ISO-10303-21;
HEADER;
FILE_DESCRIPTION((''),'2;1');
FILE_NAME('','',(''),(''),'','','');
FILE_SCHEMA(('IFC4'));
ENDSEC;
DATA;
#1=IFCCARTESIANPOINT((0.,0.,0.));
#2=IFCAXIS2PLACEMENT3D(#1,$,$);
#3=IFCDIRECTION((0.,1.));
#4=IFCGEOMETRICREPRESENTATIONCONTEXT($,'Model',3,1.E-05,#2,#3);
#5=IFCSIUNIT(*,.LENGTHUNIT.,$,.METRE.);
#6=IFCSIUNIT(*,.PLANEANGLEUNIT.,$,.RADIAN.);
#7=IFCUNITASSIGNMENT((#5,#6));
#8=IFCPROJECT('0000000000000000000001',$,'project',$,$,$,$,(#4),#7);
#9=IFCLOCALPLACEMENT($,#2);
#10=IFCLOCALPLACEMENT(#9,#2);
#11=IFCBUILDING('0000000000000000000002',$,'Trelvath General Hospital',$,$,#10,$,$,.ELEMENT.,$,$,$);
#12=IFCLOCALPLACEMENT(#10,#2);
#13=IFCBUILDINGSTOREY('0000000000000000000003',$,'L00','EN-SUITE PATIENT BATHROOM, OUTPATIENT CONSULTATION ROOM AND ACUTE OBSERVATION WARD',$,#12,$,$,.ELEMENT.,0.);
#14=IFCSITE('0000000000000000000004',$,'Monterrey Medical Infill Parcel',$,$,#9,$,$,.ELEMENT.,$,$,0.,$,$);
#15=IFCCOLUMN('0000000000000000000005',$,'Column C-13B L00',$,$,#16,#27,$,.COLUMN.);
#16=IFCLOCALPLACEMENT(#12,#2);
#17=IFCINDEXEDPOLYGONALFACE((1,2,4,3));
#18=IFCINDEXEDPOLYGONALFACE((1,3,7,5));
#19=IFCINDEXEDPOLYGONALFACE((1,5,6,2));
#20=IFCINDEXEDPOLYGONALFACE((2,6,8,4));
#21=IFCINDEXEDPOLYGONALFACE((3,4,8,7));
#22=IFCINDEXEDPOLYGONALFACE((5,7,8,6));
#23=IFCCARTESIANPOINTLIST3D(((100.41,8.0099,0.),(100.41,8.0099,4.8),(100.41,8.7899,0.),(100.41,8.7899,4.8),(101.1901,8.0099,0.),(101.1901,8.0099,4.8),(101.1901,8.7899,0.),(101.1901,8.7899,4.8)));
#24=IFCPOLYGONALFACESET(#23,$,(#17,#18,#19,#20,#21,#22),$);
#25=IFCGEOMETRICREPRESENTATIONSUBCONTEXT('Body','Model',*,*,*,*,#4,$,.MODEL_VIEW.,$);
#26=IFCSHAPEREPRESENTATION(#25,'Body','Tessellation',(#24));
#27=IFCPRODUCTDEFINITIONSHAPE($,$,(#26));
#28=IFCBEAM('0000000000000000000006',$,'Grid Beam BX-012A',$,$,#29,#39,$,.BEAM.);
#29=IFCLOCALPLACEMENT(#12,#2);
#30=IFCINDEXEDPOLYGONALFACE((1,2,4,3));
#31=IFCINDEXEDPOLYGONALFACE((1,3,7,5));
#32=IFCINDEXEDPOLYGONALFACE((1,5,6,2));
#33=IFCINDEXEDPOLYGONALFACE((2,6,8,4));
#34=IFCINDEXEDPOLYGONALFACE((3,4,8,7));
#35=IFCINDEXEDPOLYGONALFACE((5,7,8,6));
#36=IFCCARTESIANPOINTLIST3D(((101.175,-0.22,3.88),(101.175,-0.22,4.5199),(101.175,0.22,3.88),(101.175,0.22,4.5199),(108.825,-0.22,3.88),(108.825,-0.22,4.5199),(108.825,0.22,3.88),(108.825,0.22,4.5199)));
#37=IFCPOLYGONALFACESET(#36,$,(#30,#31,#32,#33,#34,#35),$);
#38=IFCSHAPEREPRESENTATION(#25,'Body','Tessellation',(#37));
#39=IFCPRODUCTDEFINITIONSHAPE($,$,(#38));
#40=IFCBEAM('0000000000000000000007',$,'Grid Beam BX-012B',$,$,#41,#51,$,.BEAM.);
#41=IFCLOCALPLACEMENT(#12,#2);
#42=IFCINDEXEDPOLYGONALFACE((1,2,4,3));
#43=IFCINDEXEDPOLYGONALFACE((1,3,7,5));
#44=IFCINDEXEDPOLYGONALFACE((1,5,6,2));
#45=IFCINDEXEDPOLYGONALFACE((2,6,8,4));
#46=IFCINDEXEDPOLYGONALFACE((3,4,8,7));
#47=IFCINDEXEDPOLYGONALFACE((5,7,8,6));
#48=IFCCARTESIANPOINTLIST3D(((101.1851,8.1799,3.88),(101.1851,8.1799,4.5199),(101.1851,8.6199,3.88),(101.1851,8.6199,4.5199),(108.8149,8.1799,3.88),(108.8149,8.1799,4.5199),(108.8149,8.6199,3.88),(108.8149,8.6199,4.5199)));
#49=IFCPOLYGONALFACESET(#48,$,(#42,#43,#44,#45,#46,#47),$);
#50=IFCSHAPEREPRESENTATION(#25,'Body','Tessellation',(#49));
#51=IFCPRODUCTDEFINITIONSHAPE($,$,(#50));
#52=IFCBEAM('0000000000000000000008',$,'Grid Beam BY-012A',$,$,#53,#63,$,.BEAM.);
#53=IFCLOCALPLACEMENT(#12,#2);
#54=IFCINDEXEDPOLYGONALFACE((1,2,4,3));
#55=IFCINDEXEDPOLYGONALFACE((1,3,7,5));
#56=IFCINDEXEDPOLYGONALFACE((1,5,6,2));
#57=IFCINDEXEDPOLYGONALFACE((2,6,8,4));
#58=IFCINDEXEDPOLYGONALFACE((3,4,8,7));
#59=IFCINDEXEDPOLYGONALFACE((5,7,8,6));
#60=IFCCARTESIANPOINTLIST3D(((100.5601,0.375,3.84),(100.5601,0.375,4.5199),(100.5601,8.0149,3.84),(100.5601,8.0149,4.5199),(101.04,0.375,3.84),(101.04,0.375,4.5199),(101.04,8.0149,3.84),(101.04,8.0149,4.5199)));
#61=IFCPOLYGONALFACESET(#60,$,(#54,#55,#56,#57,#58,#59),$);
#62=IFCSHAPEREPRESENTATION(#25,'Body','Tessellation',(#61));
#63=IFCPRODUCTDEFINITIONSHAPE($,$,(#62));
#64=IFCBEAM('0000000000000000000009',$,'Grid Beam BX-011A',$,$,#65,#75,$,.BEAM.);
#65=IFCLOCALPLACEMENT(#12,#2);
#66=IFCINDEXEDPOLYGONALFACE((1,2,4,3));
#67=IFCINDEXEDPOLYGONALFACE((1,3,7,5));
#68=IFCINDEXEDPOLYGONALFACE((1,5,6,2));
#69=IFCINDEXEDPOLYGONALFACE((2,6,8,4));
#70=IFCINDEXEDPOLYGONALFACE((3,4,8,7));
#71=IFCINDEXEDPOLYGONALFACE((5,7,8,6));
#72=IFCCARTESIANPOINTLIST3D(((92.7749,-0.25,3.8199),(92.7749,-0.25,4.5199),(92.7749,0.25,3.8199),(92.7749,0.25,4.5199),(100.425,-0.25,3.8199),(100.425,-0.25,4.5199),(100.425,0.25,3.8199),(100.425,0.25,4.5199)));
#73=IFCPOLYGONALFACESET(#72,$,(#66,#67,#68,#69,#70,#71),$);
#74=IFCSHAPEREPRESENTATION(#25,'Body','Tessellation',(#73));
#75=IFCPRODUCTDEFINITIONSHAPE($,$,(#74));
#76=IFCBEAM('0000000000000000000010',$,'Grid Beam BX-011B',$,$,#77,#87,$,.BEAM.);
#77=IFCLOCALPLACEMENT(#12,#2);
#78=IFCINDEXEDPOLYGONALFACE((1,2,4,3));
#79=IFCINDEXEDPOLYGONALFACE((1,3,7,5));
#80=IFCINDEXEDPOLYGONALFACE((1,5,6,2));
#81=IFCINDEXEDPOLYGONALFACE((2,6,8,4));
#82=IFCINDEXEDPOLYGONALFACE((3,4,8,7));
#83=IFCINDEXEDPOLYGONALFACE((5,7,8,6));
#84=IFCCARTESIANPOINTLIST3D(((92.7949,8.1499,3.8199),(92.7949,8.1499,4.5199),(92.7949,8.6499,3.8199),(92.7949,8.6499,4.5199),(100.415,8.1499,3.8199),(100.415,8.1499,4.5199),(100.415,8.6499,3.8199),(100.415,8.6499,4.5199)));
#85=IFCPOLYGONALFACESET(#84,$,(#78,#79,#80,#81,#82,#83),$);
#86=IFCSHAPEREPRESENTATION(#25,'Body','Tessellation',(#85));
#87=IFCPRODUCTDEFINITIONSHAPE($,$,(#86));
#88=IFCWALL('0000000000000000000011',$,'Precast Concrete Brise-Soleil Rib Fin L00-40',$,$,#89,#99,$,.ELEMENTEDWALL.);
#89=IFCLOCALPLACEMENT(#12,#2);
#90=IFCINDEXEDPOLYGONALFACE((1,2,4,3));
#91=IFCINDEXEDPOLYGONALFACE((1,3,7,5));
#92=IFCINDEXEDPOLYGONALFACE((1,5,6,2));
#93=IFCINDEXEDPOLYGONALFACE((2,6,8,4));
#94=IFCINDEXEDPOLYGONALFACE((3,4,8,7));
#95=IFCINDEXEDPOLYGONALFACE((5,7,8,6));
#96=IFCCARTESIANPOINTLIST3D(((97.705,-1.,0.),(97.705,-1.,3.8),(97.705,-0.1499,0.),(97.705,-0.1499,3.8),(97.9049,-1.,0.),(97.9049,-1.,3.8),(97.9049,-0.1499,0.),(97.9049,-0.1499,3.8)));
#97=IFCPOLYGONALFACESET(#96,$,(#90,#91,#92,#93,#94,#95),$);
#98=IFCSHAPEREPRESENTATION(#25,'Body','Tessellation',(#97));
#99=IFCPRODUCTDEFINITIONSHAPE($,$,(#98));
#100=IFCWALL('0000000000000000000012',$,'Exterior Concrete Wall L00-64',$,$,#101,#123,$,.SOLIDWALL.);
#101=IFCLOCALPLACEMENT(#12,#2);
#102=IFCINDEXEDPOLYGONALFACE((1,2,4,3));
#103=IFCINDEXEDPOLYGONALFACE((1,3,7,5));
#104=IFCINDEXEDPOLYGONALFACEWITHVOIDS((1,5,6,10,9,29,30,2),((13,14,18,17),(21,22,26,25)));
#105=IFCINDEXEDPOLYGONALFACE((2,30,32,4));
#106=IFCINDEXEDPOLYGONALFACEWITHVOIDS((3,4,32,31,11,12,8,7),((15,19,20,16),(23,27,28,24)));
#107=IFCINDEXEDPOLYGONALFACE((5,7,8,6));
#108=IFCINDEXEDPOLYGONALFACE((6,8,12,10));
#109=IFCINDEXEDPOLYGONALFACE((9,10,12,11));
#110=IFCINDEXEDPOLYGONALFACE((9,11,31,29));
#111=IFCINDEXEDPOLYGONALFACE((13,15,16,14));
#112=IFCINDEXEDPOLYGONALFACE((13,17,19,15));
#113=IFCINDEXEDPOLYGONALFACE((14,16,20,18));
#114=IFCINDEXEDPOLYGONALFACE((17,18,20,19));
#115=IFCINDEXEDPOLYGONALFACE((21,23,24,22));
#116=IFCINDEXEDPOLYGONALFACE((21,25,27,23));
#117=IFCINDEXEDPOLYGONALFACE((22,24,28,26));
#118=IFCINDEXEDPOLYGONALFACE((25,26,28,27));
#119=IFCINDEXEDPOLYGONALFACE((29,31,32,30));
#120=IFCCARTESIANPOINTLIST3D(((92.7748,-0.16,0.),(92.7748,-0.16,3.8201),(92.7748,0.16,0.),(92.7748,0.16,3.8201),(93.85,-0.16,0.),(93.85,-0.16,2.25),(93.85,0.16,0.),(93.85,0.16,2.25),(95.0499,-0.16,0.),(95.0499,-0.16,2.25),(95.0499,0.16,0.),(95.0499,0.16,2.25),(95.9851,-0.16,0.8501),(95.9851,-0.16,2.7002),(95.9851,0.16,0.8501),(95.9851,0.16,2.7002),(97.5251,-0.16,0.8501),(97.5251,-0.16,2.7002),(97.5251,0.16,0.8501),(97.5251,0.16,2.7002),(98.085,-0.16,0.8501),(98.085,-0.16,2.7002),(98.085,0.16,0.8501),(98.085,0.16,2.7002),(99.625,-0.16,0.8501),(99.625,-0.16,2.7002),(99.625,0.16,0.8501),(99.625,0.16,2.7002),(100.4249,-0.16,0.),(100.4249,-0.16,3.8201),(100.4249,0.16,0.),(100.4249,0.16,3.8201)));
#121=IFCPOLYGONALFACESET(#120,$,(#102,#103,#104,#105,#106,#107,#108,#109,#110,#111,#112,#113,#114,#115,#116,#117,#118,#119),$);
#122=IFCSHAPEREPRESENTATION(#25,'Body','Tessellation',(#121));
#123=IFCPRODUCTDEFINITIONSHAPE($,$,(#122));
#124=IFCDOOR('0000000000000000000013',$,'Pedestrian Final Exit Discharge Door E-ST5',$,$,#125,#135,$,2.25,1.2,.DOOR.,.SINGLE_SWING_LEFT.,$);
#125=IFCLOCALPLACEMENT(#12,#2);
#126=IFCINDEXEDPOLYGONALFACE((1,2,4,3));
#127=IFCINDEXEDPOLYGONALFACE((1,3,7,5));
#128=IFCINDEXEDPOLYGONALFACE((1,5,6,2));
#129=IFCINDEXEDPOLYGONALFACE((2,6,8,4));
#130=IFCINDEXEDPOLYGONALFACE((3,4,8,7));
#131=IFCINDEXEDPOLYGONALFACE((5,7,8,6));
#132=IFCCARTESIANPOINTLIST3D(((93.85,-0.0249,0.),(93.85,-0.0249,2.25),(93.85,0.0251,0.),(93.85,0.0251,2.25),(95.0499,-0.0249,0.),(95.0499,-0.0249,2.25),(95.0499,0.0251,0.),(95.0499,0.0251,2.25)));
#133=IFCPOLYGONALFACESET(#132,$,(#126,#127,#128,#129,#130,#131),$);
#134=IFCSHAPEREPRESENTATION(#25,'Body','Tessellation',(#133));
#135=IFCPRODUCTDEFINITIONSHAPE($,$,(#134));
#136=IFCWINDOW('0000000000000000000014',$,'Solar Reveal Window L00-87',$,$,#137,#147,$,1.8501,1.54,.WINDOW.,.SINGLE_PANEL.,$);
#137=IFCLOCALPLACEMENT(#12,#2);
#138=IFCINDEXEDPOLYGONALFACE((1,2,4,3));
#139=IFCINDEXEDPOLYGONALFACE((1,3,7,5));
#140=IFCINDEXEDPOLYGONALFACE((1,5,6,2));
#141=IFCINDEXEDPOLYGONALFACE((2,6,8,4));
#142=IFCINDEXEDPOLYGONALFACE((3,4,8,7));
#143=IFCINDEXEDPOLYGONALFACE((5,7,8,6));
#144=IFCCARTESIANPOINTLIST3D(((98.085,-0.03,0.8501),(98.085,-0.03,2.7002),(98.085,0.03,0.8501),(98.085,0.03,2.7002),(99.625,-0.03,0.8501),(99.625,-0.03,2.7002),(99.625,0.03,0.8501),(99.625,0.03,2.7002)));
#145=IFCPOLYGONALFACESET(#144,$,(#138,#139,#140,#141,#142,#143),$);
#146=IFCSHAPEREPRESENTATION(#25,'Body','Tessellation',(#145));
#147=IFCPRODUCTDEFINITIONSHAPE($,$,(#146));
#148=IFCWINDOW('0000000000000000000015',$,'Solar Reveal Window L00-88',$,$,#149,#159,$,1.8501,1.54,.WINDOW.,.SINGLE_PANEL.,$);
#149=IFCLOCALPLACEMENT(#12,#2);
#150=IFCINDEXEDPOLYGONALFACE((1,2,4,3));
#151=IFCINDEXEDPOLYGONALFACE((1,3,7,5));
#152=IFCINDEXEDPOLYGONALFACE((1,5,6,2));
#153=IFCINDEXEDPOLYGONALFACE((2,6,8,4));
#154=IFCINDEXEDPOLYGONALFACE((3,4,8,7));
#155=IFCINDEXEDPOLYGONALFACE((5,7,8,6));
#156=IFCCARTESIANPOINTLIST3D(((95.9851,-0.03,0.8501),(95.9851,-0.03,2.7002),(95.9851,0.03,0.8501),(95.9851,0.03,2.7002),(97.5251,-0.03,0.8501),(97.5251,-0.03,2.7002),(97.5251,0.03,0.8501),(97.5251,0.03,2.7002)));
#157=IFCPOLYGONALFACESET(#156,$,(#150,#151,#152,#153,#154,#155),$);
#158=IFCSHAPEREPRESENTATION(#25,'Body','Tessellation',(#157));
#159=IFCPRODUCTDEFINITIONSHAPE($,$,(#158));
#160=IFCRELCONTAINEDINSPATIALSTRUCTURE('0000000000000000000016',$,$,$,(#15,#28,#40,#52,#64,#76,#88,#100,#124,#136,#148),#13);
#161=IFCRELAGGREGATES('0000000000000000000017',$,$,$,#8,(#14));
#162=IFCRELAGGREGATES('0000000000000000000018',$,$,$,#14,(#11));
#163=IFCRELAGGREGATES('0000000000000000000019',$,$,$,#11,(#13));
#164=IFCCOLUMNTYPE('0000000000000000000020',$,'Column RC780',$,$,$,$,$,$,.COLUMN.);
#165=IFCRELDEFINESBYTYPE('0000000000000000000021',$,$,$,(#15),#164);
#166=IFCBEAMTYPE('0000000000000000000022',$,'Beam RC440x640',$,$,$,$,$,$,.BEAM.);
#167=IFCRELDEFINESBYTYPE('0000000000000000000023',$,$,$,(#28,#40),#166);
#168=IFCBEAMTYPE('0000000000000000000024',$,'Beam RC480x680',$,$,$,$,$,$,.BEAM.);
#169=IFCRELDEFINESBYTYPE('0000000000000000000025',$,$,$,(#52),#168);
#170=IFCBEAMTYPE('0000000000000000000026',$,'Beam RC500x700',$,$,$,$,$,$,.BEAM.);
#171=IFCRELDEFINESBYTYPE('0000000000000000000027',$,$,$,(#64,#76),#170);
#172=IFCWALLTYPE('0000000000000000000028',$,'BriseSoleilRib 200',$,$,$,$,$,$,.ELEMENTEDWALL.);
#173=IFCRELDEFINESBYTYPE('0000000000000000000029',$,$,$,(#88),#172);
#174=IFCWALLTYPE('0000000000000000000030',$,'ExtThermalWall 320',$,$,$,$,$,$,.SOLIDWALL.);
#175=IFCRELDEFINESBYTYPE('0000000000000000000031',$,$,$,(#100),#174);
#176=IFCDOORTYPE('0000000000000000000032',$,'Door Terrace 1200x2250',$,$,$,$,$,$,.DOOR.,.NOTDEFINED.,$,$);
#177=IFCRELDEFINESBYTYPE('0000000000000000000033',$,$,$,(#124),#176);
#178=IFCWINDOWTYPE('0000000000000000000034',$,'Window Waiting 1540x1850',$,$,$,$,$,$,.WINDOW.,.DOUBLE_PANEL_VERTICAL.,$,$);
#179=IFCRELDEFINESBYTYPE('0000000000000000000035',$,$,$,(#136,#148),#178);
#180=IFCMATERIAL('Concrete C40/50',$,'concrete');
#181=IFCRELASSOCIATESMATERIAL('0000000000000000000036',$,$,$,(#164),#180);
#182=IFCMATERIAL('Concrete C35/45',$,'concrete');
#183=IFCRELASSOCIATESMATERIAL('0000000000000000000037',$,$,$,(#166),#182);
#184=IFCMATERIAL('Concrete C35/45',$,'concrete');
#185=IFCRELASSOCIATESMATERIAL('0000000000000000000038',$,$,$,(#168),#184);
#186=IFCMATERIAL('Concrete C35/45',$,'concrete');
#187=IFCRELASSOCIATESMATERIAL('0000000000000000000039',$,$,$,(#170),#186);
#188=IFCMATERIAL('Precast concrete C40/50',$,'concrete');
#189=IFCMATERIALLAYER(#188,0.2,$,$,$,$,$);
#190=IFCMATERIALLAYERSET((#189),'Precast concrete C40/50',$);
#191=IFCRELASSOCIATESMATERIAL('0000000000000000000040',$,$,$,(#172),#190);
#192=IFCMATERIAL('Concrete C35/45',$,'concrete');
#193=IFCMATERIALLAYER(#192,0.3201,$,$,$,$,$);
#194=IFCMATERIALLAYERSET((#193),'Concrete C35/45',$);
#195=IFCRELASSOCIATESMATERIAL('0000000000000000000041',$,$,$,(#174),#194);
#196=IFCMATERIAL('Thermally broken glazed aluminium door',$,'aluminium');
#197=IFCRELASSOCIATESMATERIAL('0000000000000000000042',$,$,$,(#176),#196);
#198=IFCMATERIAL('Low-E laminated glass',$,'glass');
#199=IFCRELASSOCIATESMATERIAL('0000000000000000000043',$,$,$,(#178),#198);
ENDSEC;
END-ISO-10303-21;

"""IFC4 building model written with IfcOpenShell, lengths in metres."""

from ifc_helpers import new_model, si_unit, direction, frame, frame_2d, origin, origin_2d, place, context, subcontext, project, spatial, rectangle, extrude, material, layer, layer_set, material_profile, profile_set, type_object, element, fill, save


model = new_model("IFC4")

# Units and contexts
model_context = context("Model", 3, precision=1e-05, world=origin(), true_north=direction((0.0, 1.0)))
body_context = subcontext(model_context, "Body", "Model", "MODEL_VIEW")
ifc_project = project(units=[si_unit("LENGTHUNIT", "METRE"), si_unit("PLANEANGLEUNIT", "RADIAN")], contexts=[model_context])

# Site, building, storey
site_placement = place(None, origin())
site = spatial("IfcSite", under=ifc_project, at=site_placement, Name="Monterrey Medical Infill Parcel", CompositionType="ELEMENT", RefElevation=0.0)
building_placement = place(site_placement, origin())
building = spatial("IfcBuilding", under=site, at=building_placement, Name="Trelvath General Hospital", CompositionType="ELEMENT")
storey_placement = place(building_placement, origin())
storey = spatial("IfcBuildingStorey", under=building, at=storey_placement, Name="L00", Description="EN-SUITE PATIENT BATHROOM, OUTPATIENT CONSULTATION ROOM AND ACUTE OBSERVATION WARD", CompositionType="ELEMENT", Elevation=0.0)

# Column
ifc_material_1 = material(Name="Concrete C40/50", Category="concrete")
ifc_material_profile_1 = material_profile(ifc_material_1, rectangle(XDim=0.78, YDim=0.78, at=origin_2d()), Name="RC780x780")
ifc_profile_set_1 = profile_set([ifc_material_profile_1], Name="Concrete C40/50")
column_type_1 = type_object("IfcColumnType", Name="Column RC780", PredefinedType="COLUMN", material=ifc_profile_set_1)
column_1_placement = place(storey_placement, frame((100.8, 8.3999, 0.0), z_axis=(0.0, 0.0, 1.0), x_axis=(1.0, 0.0, 0.0)))
element("IfcColumn", 1, at=column_1_placement, inside=storey, type_object=column_type_1, Name="Column C-13B L00", PredefinedType="COLUMN", context=body_context, shape_type="SweptSolid", body=[
    extrude(rectangle(XDim=0.78, YDim=0.78, at=origin_2d()), origin(), (0.0, 0.0, 1.0), 4.8),
])

# Beams
ifc_material_2 = material(Name="Concrete C35/45", Category="concrete")
ifc_material_profile_2 = material_profile(ifc_material_2, rectangle(XDim=0.4399, YDim=0.6399, at=origin_2d()), Name="RCB440x640")
ifc_profile_set_2 = profile_set([ifc_material_profile_2], Name="Concrete C35/45")
beam_type_1 = type_object("IfcBeamType", Name="Beam RC440x640", PredefinedType="BEAM", material=ifc_profile_set_2)
beam_1_placement = place(storey_placement, frame((101.175, 0.0, 4.2), z_axis=(1.0, 0.0, 0.0), x_axis=(0.0, 1.0, 0.0)))
element("IfcBeam", 2, at=beam_1_placement, inside=storey, type_object=beam_type_1, Name="Grid Beam BX-012A", PredefinedType="BEAM", context=body_context, shape_type="SweptSolid", body=[
    extrude(rectangle(XDim=0.4399, YDim=0.6399, at=origin_2d()), origin(), (0.0, 0.0, 1.0), 7.6499),
])
beam_2_placement = place(storey_placement, frame((101.1851, 8.3999, 4.2), z_axis=(1.0, 0.0, 0.0), x_axis=(0.0, 1.0, 0.0)))
element("IfcBeam", 3, at=beam_2_placement, inside=storey, type_object=beam_type_1, Name="Grid Beam BX-012B", PredefinedType="BEAM", context=body_context, shape_type="SweptSolid", body=[
    extrude(rectangle(XDim=0.4399, YDim=0.6399, at=origin_2d()), origin(), (0.0, 0.0, 1.0), 7.6299),
])
ifc_material_3 = material(Name="Concrete C35/45", Category="concrete")
ifc_material_profile_3 = material_profile(ifc_material_3, rectangle(XDim=0.48, YDim=0.6799, at=origin_2d()), Name="RCB480x680")
ifc_profile_set_3 = profile_set([ifc_material_profile_3], Name="Concrete C35/45")
beam_type_2 = type_object("IfcBeamType", Name="Beam RC480x680", PredefinedType="BEAM", material=ifc_profile_set_3)
beam_3_placement = place(storey_placement, frame((100.8, 0.375, 4.1799), z_axis=(0.0, 1.0, 0.0), x_axis=(-1.0, 0.0, 0.0)))
element("IfcBeam", 4, at=beam_3_placement, inside=storey, type_object=beam_type_2, Name="Grid Beam BY-012A", PredefinedType="BEAM", context=body_context, shape_type="SweptSolid", body=[
    extrude(rectangle(XDim=0.48, YDim=0.6799, at=origin_2d()), origin(), (0.0, 0.0, 1.0), 7.6399),
])
ifc_material_4 = material(Name="Concrete C35/45", Category="concrete")
ifc_material_profile_4 = material_profile(ifc_material_4, rectangle(XDim=0.5, YDim=0.7, at=origin_2d()), Name="RCB500x700")
ifc_profile_set_4 = profile_set([ifc_material_profile_4], Name="Concrete C35/45")
beam_type_3 = type_object("IfcBeamType", Name="Beam RC500x700", PredefinedType="BEAM", material=ifc_profile_set_4)
beam_4_placement = place(storey_placement, frame((92.7749, 0.0, 4.1699), z_axis=(1.0, 0.0, 0.0), x_axis=(0.0, 1.0, 0.0)))
element("IfcBeam", 5, at=beam_4_placement, inside=storey, type_object=beam_type_3, Name="Grid Beam BX-011A", PredefinedType="BEAM", context=body_context, shape_type="SweptSolid", body=[
    extrude(rectangle(XDim=0.5, YDim=0.7, at=origin_2d()), origin(), (0.0, 0.0, 1.0), 7.6501),
])
beam_5_placement = place(storey_placement, frame((92.7949, 8.3999, 4.1699), z_axis=(1.0, 0.0, 0.0), x_axis=(0.0, 1.0, 0.0)))
element("IfcBeam", 6, at=beam_5_placement, inside=storey, type_object=beam_type_3, Name="Grid Beam BX-011B", PredefinedType="BEAM", context=body_context, shape_type="SweptSolid", body=[
    extrude(rectangle(XDim=0.5, YDim=0.7, at=origin_2d()), origin(), (0.0, 0.0, 1.0), 7.6201),
])

# Wall
ifc_material_5 = material(Name="Precast concrete C40/50", Category="concrete")
ifc_layer_1 = layer(ifc_material_5, 0.2)
ifc_layer_set_1 = layer_set([ifc_layer_1], Name="Precast concrete C40/50")
wall_type_1 = type_object("IfcWallType", Name="BriseSoleilRib 200", PredefinedType="ELEMENTEDWALL", material=ifc_layer_set_1)
wall_1_placement = place(storey_placement, frame((97.8049, -0.1499, 0.0), z_axis=(0.0, 0.0, 1.0), x_axis=(0.0, -1.0, 0.0)))
element("IfcWall", 7, at=wall_1_placement, inside=storey, type_object=wall_type_1, Name="Precast Concrete Brise-Soleil Rib Fin L00-40", PredefinedType="ELEMENTEDWALL", context=body_context, shape_type="SweptSolid", body=[
    extrude(rectangle(XDim=0.8501, YDim=0.2, at=frame_2d((0.425, 0.0))), origin(), (0.0, 0.0, 1.0), 3.8),
])

# Wall, openings, door, windows
ifc_material_6 = material(Name="Concrete C35/45", Category="concrete")
ifc_layer_2 = layer(ifc_material_6, 0.3201)
ifc_layer_set_2 = layer_set([ifc_layer_2], Name="Concrete C35/45")
wall_type_2 = type_object("IfcWallType", Name="ExtThermalWall 320", PredefinedType="SOLIDWALL", material=ifc_layer_set_2)
wall_2_placement = place(storey_placement, frame((100.425, 0.0, 0.0), z_axis=(0.0, 0.0, 1.0), x_axis=(-1.0, 0.0, 0.0)))
wall_2 = element("IfcWall", 8, at=wall_2_placement, inside=storey, type_object=wall_type_2, Name="Exterior Concrete Wall L00-64", PredefinedType="SOLIDWALL", context=body_context, shape_type="SweptSolid", body=[
    extrude(rectangle(XDim=7.6501, YDim=0.3201, at=frame_2d((3.8252, 0.0))), origin(), (0.0, 0.0, 1.0), 3.8201),
])
opening_1_placement = place(wall_2_placement, frame((5.375, 0.0, 0.0)))
opening_1 = element("IfcOpeningElement", 9, at=opening_1_placement, cuts=wall_2, PredefinedType="OPENING", context=body_context, shape_type="SweptSolid", body=[
    extrude(rectangle(XDim=1.2, YDim=2.25, at=frame_2d((0.6001, 1.125))), frame((0.0, 0.1699, 0.0), z_axis=(0.0, -1.0, 0.0), x_axis=(1.0, 0.0, 0.0)), (0.0, 0.0, 1.0), 0.3401),
])
opening_2_placement = place(wall_2_placement, frame((0.8, 0.0, 0.8501)))
opening_2 = element("IfcOpeningElement", 10, at=opening_2_placement, cuts=wall_2, PredefinedType="OPENING", context=body_context, shape_type="SweptSolid", body=[
    extrude(rectangle(XDim=1.54, YDim=1.8501, at=frame_2d((0.77, 0.925))), frame((0.0, 0.1699, 0.0), z_axis=(0.0, -1.0, 0.0), x_axis=(1.0, 0.0, 0.0)), (0.0, 0.0, 1.0), 0.3401),
])
opening_3_placement = place(wall_2_placement, frame((2.8999, 0.0, 0.8501)))
opening_3 = element("IfcOpeningElement", 11, at=opening_3_placement, cuts=wall_2, PredefinedType="OPENING", context=body_context, shape_type="SweptSolid", body=[
    extrude(rectangle(XDim=1.54, YDim=1.8501, at=frame_2d((0.77, 0.925))), frame((0.0, 0.1699, 0.0), z_axis=(0.0, -1.0, 0.0), x_axis=(1.0, 0.0, 0.0)), (0.0, 0.0, 1.0), 0.3401),
])
ifc_material_7 = material(Name="Thermally broken glazed aluminium door", Category="aluminium")
door_type_1 = type_object("IfcDoorType", Name="Door Terrace 1200x2250", OperationType="NOTDEFINED", PredefinedType="DOOR", material=ifc_material_7)
door_1_placement = place(opening_1_placement, origin())
door_1 = element("IfcDoor", 12, at=door_1_placement, inside=storey, type_object=door_type_1, Name="Pedestrian Final Exit Discharge Door E-ST5", OperationType="SINGLE_SWING_LEFT", OverallHeight=2.25, OverallWidth=1.2, PredefinedType="DOOR", context=body_context, shape_type="SweptSolid", body=[
    extrude(rectangle(XDim=1.2, YDim=2.25, at=frame_2d((0.6001, 1.125))), frame((0.0, 0.0249, 0.0), z_axis=(0.0, -1.0, 0.0), x_axis=(1.0, 0.0, 0.0)), (0.0, 0.0, 1.0), 0.05),
])
fill(opening_1, door_1)
ifc_material_8 = material(Name="Low-E laminated glass", Category="glass")
window_type = type_object("IfcWindowType", Name="Window Waiting 1540x1850", PartitioningType="DOUBLE_PANEL_VERTICAL", PredefinedType="WINDOW", material=ifc_material_8)
window_1_placement = place(opening_2_placement, origin())
window_1 = element("IfcWindow", 13, at=window_1_placement, inside=storey, type_object=window_type, Name="Solar Reveal Window L00-87", OverallHeight=1.8501, OverallWidth=1.54, PartitioningType="SINGLE_PANEL", PredefinedType="WINDOW", context=body_context, shape_type="SweptSolid", body=[
    extrude(rectangle(XDim=1.54, YDim=1.8501, at=frame_2d((0.77, 0.925))), frame((0.0, 0.03, 0.0), z_axis=(0.0, -1.0, 0.0), x_axis=(1.0, 0.0, 0.0)), (0.0, 0.0, 1.0), 0.0601),
])
fill(opening_2, window_1)
window_2_placement = place(opening_3_placement, origin())
window_2 = element("IfcWindow", 14, at=window_2_placement, inside=storey, type_object=window_type, Name="Solar Reveal Window L00-88", OverallHeight=1.8501, OverallWidth=1.54, PartitioningType="SINGLE_PANEL", PredefinedType="WINDOW", context=body_context, shape_type="SweptSolid", body=[
    extrude(rectangle(XDim=1.54, YDim=1.8501, at=frame_2d((0.77, 0.925))), frame((0.0, 0.03, 0.0), z_axis=(0.0, -1.0, 0.0), x_axis=(1.0, 0.0, 0.0)), (0.0, 0.0, 1.0), 0.0601),
])
fill(opening_3, window_2)

save(model, "model.ifc")
